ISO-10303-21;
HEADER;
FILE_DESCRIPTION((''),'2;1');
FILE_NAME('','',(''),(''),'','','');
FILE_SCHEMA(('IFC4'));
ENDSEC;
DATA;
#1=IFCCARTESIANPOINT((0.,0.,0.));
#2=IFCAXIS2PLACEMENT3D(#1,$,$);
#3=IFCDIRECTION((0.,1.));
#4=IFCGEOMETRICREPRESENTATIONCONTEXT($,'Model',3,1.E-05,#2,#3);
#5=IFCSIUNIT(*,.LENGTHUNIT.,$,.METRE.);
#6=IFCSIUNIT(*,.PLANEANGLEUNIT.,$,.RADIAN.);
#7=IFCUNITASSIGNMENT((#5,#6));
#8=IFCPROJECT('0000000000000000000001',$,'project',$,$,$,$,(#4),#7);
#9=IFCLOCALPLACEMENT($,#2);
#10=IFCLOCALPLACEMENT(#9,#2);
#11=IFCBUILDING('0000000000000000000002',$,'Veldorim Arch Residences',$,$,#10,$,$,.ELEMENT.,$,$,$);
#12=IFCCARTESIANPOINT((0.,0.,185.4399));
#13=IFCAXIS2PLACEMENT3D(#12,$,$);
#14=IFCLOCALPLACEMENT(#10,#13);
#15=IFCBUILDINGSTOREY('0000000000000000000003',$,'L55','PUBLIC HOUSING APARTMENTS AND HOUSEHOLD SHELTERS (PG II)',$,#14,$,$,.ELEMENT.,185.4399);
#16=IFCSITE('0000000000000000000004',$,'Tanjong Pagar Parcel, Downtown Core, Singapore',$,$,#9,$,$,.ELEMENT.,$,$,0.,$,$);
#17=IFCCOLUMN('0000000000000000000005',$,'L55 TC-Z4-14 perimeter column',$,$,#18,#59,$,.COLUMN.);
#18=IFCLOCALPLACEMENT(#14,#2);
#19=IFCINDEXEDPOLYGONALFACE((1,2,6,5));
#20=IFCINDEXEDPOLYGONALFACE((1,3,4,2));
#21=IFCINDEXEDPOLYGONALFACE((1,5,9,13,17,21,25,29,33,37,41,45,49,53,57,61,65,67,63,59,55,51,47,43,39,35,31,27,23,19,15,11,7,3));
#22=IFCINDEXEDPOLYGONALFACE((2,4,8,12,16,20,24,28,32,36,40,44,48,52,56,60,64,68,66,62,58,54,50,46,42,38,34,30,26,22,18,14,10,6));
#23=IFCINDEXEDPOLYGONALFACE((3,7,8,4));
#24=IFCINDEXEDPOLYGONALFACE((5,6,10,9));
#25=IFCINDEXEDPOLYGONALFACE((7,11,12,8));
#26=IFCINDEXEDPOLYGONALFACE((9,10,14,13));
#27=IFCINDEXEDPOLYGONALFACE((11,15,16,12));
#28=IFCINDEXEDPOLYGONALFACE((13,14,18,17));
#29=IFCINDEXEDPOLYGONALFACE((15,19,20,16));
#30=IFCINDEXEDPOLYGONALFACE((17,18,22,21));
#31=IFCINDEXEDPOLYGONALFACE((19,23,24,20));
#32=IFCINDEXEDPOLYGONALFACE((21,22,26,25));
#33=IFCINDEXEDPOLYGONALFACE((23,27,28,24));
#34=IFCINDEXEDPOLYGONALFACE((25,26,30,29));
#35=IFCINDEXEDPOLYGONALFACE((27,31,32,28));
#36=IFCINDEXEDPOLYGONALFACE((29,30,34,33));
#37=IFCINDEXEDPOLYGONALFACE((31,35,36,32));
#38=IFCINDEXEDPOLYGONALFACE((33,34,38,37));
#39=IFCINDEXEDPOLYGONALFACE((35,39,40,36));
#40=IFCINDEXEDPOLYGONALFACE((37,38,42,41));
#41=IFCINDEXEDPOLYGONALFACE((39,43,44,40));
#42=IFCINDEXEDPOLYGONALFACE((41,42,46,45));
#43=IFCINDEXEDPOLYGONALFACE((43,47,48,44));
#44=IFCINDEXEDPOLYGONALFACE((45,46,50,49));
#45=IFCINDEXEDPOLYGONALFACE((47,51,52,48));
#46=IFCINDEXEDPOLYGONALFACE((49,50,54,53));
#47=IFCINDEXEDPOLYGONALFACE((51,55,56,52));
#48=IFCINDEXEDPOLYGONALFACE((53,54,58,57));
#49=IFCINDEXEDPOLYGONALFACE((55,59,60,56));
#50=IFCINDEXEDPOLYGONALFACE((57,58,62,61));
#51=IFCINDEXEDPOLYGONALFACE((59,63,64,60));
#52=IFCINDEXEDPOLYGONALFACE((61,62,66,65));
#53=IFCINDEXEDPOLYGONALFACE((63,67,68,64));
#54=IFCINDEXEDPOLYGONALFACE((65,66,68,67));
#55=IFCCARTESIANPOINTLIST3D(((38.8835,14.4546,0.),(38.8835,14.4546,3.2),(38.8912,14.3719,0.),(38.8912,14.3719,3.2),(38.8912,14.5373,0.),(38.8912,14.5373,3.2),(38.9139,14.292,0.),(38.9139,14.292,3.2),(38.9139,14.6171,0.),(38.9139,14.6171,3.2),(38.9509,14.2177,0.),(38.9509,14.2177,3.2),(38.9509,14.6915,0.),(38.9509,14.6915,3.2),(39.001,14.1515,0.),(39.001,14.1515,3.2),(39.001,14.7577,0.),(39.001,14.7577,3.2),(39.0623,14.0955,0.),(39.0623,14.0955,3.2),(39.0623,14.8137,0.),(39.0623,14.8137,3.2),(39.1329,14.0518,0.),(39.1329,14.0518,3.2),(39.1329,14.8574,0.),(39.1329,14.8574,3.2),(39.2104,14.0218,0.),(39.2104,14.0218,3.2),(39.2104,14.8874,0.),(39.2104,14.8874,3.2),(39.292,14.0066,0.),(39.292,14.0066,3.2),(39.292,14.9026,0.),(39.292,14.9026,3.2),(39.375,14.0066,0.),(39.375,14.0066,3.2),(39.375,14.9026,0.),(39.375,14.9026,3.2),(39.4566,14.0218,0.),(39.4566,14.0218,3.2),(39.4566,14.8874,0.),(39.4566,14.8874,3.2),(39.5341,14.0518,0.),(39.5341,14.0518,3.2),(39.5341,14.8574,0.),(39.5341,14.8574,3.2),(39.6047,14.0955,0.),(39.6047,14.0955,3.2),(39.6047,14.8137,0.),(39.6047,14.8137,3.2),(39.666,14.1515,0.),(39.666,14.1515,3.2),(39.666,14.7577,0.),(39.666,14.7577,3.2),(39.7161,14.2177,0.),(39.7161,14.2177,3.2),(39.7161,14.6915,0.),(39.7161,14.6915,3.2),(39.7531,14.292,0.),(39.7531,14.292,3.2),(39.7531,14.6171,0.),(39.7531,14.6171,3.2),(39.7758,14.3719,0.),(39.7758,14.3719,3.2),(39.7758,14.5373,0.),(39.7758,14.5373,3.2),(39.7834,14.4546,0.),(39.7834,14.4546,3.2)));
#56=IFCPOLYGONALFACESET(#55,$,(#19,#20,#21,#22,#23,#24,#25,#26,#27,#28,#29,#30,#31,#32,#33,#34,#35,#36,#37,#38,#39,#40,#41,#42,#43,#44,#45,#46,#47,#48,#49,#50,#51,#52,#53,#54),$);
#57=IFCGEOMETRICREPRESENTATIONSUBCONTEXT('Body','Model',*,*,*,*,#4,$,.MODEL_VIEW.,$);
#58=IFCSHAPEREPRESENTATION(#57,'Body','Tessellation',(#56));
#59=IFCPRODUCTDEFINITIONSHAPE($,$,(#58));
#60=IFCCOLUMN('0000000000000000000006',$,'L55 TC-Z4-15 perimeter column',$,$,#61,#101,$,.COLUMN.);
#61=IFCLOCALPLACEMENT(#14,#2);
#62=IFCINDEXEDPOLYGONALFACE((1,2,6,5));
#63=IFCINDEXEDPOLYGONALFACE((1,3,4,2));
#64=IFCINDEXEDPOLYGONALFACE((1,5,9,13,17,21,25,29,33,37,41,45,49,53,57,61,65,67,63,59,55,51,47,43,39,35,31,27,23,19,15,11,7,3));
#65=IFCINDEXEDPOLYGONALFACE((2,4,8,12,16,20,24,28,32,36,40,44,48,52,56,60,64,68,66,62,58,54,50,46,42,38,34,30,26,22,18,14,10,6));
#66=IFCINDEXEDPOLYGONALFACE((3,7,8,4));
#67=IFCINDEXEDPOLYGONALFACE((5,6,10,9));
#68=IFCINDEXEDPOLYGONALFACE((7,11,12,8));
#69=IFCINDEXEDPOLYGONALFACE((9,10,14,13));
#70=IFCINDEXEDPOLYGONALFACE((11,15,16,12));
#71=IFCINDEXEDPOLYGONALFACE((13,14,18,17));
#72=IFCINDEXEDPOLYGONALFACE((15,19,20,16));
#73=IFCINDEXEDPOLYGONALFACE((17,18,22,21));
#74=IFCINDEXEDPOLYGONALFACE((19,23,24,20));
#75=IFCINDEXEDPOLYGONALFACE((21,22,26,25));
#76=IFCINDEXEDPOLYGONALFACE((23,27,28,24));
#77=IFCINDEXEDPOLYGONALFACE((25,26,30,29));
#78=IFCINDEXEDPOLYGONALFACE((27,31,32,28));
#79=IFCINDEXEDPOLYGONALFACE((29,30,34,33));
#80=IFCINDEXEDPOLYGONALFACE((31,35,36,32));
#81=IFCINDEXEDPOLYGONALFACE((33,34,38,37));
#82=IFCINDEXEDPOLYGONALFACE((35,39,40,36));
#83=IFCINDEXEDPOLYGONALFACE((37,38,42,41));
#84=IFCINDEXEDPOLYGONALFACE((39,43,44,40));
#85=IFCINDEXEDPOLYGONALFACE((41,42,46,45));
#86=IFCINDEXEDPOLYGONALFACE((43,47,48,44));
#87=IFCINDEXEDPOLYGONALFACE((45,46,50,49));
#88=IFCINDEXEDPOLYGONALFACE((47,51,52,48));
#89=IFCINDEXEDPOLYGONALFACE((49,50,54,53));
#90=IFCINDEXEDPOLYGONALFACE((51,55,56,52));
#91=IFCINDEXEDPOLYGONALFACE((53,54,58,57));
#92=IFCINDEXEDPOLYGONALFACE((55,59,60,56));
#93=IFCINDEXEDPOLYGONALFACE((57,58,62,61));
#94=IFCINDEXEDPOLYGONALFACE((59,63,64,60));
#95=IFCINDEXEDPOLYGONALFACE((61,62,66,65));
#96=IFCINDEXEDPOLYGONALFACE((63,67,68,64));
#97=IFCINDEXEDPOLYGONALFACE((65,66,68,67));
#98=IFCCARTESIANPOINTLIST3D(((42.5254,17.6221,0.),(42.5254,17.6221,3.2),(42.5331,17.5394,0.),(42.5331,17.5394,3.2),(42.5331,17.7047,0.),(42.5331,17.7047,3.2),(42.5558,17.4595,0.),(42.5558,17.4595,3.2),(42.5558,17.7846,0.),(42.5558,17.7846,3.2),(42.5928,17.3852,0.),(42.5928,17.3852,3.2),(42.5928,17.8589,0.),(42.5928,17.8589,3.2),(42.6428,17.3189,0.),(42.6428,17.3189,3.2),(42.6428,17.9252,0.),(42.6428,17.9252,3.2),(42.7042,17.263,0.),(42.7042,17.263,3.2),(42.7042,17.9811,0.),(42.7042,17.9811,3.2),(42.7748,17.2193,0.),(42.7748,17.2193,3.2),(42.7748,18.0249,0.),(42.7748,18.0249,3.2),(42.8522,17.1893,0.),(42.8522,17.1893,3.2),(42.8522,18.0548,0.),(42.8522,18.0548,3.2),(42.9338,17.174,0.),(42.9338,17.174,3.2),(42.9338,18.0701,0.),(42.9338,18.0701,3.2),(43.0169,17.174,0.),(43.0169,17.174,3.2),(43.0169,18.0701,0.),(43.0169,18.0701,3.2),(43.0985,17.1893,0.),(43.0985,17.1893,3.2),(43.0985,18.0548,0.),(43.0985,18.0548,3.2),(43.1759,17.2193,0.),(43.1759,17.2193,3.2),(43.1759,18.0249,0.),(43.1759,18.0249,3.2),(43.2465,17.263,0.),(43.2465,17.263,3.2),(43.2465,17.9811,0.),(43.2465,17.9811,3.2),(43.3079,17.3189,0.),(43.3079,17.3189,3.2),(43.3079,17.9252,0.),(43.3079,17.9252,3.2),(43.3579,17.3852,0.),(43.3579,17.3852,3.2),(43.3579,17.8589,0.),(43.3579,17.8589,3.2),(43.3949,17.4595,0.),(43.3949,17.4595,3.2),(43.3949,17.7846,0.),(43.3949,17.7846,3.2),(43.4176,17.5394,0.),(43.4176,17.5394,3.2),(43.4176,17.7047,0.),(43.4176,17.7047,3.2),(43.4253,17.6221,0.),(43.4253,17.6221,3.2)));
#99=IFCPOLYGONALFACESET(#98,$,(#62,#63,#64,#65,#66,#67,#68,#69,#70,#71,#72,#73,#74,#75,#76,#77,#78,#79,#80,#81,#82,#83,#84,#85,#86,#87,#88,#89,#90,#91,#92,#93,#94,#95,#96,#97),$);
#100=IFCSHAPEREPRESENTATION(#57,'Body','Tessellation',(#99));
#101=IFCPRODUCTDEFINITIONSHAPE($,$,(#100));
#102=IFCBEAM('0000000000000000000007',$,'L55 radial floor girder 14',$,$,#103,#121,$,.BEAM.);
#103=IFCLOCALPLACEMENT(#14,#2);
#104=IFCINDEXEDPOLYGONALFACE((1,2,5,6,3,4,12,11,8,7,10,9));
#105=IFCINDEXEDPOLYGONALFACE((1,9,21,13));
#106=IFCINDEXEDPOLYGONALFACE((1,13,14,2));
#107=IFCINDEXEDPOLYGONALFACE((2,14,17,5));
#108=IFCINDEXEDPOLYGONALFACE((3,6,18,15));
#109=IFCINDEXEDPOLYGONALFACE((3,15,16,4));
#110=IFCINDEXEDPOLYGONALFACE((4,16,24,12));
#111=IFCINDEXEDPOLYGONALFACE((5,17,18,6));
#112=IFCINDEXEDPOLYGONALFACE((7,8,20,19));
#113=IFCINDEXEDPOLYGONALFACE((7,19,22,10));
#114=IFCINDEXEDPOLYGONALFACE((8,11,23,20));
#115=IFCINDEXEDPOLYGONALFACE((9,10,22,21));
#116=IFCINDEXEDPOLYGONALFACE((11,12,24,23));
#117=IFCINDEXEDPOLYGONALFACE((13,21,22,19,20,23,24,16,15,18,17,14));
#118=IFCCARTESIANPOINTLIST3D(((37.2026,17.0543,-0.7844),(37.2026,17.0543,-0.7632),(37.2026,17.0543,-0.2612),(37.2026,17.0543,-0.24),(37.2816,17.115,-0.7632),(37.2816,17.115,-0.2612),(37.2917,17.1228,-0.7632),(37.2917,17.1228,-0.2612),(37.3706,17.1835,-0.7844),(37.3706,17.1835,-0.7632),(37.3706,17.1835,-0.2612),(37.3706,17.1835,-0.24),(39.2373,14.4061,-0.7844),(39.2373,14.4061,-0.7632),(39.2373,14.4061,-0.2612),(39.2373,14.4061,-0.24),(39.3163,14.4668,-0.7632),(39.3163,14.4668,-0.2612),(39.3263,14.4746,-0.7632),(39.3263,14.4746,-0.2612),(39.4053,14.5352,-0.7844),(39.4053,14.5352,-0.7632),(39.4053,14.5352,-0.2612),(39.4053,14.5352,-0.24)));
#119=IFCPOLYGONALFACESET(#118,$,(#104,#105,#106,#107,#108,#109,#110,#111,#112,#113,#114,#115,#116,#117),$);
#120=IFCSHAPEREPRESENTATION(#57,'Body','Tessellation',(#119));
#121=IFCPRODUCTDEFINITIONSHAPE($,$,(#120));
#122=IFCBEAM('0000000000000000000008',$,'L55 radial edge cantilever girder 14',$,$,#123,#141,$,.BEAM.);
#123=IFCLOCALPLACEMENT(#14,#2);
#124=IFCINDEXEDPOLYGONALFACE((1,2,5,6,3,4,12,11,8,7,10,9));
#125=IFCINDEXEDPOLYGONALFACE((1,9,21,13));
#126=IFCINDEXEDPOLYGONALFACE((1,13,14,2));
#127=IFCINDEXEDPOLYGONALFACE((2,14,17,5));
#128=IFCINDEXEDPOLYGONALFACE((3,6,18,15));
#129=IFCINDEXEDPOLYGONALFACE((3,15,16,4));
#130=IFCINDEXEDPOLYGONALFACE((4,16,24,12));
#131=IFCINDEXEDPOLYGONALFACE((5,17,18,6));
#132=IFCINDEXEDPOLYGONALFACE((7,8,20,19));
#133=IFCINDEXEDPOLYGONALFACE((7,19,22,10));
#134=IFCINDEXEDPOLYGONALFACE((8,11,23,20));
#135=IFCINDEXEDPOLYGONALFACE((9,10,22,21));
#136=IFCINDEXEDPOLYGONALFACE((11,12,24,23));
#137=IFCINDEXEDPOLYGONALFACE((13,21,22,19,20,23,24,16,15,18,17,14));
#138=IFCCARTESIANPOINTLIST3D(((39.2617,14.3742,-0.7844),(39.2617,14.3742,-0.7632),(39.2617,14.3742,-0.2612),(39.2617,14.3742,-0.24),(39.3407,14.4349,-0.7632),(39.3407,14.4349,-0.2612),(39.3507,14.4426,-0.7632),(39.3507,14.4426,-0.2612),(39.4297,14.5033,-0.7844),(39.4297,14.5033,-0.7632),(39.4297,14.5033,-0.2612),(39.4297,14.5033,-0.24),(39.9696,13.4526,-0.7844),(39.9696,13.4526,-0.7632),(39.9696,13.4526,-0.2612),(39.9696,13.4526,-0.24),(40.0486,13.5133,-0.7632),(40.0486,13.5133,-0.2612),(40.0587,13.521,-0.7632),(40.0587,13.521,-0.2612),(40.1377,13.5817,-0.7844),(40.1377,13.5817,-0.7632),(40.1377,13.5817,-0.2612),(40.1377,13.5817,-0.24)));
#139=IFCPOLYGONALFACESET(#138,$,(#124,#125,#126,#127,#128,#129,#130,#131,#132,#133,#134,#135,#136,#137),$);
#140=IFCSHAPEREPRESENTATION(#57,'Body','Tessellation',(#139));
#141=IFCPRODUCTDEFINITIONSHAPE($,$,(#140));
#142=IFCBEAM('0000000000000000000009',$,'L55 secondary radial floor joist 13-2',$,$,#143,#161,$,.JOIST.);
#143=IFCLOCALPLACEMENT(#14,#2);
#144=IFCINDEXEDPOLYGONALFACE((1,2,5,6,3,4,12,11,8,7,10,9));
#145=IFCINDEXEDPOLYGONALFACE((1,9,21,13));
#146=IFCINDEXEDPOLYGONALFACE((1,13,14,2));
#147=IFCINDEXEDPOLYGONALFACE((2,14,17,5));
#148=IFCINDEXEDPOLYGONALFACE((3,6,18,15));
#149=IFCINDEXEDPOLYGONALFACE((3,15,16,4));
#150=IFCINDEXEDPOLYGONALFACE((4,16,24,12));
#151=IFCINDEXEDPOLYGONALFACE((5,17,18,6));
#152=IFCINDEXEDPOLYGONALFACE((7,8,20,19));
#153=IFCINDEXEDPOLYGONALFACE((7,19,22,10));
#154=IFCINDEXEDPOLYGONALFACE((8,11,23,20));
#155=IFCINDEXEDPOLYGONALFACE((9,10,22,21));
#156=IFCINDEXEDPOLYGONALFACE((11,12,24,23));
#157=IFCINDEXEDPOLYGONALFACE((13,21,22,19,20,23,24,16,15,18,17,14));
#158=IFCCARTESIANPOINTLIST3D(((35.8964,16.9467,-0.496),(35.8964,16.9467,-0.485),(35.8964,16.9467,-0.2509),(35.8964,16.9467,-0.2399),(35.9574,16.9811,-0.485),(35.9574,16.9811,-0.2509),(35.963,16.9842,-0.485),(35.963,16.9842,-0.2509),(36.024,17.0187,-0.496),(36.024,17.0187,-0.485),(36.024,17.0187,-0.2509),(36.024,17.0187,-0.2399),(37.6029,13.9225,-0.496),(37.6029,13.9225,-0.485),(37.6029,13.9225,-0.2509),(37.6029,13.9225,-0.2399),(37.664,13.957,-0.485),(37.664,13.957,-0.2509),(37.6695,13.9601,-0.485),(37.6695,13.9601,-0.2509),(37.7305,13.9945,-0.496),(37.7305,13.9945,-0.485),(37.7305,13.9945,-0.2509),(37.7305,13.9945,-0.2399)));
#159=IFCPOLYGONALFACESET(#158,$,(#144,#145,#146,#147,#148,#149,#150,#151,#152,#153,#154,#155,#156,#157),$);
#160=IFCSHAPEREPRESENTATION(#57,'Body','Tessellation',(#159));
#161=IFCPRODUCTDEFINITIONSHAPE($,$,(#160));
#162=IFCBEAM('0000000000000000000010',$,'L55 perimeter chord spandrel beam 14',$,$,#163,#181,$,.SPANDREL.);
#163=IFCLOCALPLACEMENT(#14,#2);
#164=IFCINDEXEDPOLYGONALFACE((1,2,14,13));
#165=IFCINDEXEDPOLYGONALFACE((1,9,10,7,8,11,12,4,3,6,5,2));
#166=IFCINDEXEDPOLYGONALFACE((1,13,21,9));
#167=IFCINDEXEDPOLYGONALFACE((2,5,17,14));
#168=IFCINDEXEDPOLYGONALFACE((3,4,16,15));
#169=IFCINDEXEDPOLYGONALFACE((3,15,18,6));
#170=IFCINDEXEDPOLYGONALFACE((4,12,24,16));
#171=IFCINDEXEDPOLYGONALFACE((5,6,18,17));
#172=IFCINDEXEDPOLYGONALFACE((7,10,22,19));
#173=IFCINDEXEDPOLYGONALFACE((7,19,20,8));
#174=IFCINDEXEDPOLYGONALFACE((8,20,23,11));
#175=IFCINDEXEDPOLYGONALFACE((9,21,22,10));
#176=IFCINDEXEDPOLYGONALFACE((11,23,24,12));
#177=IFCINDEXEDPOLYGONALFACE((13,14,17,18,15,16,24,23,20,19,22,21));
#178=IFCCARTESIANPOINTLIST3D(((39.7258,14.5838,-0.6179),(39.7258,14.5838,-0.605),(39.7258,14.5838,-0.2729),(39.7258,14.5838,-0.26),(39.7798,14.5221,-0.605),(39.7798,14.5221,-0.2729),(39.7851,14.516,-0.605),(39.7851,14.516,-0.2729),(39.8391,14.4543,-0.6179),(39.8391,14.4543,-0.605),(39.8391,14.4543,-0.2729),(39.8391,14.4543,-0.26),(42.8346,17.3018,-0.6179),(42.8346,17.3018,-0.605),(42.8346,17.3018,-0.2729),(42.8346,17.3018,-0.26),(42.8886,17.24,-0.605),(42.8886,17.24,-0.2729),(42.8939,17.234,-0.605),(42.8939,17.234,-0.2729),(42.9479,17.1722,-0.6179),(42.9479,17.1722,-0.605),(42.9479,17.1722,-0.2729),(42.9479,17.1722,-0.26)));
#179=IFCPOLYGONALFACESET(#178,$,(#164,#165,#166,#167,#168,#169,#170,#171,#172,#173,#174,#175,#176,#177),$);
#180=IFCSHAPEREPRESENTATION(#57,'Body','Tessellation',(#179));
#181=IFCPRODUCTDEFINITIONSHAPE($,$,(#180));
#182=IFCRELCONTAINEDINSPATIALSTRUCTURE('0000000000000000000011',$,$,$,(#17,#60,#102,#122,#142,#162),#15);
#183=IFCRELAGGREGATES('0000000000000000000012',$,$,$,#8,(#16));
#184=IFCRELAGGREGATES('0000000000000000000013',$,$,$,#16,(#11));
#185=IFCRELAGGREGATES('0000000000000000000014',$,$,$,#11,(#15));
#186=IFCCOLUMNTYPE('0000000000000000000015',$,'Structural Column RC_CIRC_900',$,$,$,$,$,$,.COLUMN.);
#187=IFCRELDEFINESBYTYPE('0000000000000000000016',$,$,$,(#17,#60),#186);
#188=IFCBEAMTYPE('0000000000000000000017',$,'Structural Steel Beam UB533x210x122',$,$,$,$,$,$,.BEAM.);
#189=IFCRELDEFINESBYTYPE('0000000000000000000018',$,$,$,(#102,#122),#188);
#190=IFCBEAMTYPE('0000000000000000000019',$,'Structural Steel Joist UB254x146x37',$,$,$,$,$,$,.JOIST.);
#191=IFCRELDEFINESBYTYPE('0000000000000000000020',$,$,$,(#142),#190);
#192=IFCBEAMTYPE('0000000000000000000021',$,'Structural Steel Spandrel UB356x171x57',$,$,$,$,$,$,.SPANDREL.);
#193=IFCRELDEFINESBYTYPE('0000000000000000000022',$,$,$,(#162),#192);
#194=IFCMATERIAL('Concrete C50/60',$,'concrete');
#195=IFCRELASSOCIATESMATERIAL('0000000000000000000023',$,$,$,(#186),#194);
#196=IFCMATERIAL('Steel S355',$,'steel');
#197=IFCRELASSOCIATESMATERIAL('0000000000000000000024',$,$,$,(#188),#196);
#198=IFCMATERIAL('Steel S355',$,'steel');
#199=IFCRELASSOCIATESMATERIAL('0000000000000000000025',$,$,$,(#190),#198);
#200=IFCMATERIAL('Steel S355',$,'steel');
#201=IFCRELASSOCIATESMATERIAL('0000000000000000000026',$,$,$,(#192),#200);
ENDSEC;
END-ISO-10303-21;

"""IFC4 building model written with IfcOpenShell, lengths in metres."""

from ifc_helpers import new_model, si_unit, direction, frame, origin, origin_2d, place, context, subcontext, project, spatial, circle, i_section, extrude, material, material_profile, profile_set, type_object, element, save


model = new_model("IFC4")

# Units and contexts
model_context = context("Model", 3, precision=1e-05, world=origin(), true_north=direction((0.0, 1.0)))
body_context = subcontext(model_context, "Body", "Model", "MODEL_VIEW")
ifc_project = project(units=[si_unit("LENGTHUNIT", "METRE"), si_unit("PLANEANGLEUNIT", "RADIAN")], contexts=[model_context])

# Site, building, storey
site_placement = place(None, origin())
site = spatial("IfcSite", under=ifc_project, at=site_placement, Name="Tanjong Pagar Parcel, Downtown Core, Singapore", CompositionType="ELEMENT", RefElevation=0.0)
building_placement = place(site_placement, origin())
building = spatial("IfcBuilding", under=site, at=building_placement, Name="Veldorim Arch Residences", CompositionType="ELEMENT")
storey_placement = place(building_placement, frame((0.0, 0.0, 185.4399)))
storey = spatial("IfcBuildingStorey", under=building, at=storey_placement, Name="L55", Description="PUBLIC HOUSING APARTMENTS AND HOUSEHOLD SHELTERS (PG II)", CompositionType="ELEMENT", Elevation=185.4399)

# Columns
ifc_material_1 = material(Name="Concrete C50/60", Category="concrete")
ifc_material_profile_1 = material_profile(ifc_material_1, circle(Radius=0.45, at=origin_2d()), Name="RC_CIRC_900")
ifc_profile_set_1 = profile_set([ifc_material_profile_1], Name="Concrete C50/60")
column_type = type_object("IfcColumnType", Name="Structural Column RC_CIRC_900", PredefinedType="COLUMN", material=ifc_profile_set_1)
for number, where, z_axis, x_axis, name in (
    (1, (39.3335, 14.4546, 0.0), (0.0, 0.0, 1.0), (1.0, 0.0, 0.0), "L55 TC-Z4-14 perimeter column"),
    (2, (42.9753, 17.6221, 0.0), (0.0, 0.0, 1.0), (1.0, 0.0, 0.0), "L55 TC-Z4-15 perimeter column"),
):
    element("IfcColumn", number, at=place(storey_placement, frame(where, z_axis=z_axis, x_axis=x_axis)), inside=storey, type_object=column_type, Name=name, PredefinedType="COLUMN", context=body_context, shape_type="SweptSolid", body=[
        extrude(circle(Radius=0.45, at=origin_2d()), origin(), (0.0, 0.0, 1.0), 3.2),
    ])

# Beams
ifc_material_2 = material(Name="Steel S355", Category="steel")
ifc_material_profile_2 = material_profile(ifc_material_2, i_section(OverallWidth=0.2119, OverallDepth=0.5444, WebThickness=0.0127, FlangeThickness=0.0212, at=origin_2d()), Name="UB533x210x122")
ifc_profile_set_2 = profile_set([ifc_material_profile_2], Name="Steel S355")
beam_type_1 = type_object("IfcBeamType", Name="Structural Steel Beam UB533x210x122", PredefinedType="BEAM", material=ifc_profile_set_2)
beam_1_placement = place(storey_placement, frame((37.2866, 17.1189, -0.5122), z_axis=(0.609258, -0.792972, 0.0), x_axis=(0.792972, 0.609258, 0.0)))
element("IfcBeam", 3, at=beam_1_placement, inside=storey, type_object=beam_type_1, Name="L55 radial floor girder 14", PredefinedType="BEAM", context=body_context, shape_type="SweptSolid", body=[
    extrude(i_section(OverallWidth=0.2119, OverallDepth=0.5444, WebThickness=0.0127, FlangeThickness=0.0212, at=origin_2d()), origin(), (0.0, 0.0, 1.0), 3.3396),
])
beam_2_placement = place(storey_placement, frame((39.3457, 14.4387, -0.5122), z_axis=(0.609203, -0.793014, 0.0), x_axis=(0.793014, 0.609203, 0.0)))
element("IfcBeam", 4, at=beam_2_placement, inside=storey, type_object=beam_type_1, Name="L55 radial edge cantilever girder 14", PredefinedType="BEAM", context=body_context, shape_type="SweptSolid", body=[
    extrude(i_section(OverallWidth=0.2119, OverallDepth=0.5444, WebThickness=0.0127, FlangeThickness=0.0212, at=origin_2d()), origin(), (0.0, 0.0, 1.0), 1.1621),
])
ifc_material_3 = material(Name="Steel S355", Category="steel")
ifc_material_profile_3 = material_profile(ifc_material_3, i_section(OverallWidth=0.1465, OverallDepth=0.2561, WebThickness=0.0063, FlangeThickness=0.011, at=origin_2d()), Name="UB254x146x37")
ifc_profile_set_3 = profile_set([ifc_material_profile_3], Name="Steel S355")
beam_type_2 = type_object("IfcBeamType", Name="Structural Steel Joist UB254x146x37", PredefinedType="JOIST", material=ifc_profile_set_3)
beam_3_placement = place(storey_placement, frame((35.9602, 16.9827, -0.3679), z_axis=(0.491452, -0.870904, 0.0), x_axis=(0.870904, 0.491452, 0.0)))
element("IfcBeam", 5, at=beam_3_placement, inside=storey, type_object=beam_type_2, Name="L55 secondary radial floor joist 13-2", PredefinedType="JOIST", context=body_context, shape_type="SweptSolid", body=[
    extrude(i_section(OverallWidth=0.1465, OverallDepth=0.2561, WebThickness=0.0063, FlangeThickness=0.011, at=origin_2d()), origin(), (0.0, 0.0, 1.0), 3.4724),
])
ifc_material_4 = material(Name="Steel S355", Category="steel")
ifc_material_profile_4 = material_profile(ifc_material_4, i_section(OverallWidth=0.1721, OverallDepth=0.3579, WebThickness=0.0081, FlangeThickness=0.0129, at=origin_2d()), Name="UB356x171x57")
ifc_profile_set_4 = profile_set([ifc_material_profile_4], Name="Steel S355")
beam_type_3 = type_object("IfcBeamType", Name="Structural Steel Spandrel UB356x171x57", PredefinedType="SPANDREL", material=ifc_profile_set_4)
beam_4_placement = place(storey_placement, frame((39.7825, 14.519, -0.439), z_axis=(0.752848, 0.658195, 0.0), x_axis=(-0.658195, 0.752848, 0.0)))
element("IfcBeam", 6, at=beam_4_placement, inside=storey, type_object=beam_type_3, Name="L55 perimeter chord spandrel beam 14", PredefinedType="SPANDREL", context=body_context, shape_type="SweptSolid", body=[
    extrude(i_section(OverallWidth=0.1721, OverallDepth=0.3579, WebThickness=0.0081, FlangeThickness=0.0129, at=origin_2d()), origin(), (0.0, 0.0, 1.0), 4.1294),
])

save(model, "model.ifc")
